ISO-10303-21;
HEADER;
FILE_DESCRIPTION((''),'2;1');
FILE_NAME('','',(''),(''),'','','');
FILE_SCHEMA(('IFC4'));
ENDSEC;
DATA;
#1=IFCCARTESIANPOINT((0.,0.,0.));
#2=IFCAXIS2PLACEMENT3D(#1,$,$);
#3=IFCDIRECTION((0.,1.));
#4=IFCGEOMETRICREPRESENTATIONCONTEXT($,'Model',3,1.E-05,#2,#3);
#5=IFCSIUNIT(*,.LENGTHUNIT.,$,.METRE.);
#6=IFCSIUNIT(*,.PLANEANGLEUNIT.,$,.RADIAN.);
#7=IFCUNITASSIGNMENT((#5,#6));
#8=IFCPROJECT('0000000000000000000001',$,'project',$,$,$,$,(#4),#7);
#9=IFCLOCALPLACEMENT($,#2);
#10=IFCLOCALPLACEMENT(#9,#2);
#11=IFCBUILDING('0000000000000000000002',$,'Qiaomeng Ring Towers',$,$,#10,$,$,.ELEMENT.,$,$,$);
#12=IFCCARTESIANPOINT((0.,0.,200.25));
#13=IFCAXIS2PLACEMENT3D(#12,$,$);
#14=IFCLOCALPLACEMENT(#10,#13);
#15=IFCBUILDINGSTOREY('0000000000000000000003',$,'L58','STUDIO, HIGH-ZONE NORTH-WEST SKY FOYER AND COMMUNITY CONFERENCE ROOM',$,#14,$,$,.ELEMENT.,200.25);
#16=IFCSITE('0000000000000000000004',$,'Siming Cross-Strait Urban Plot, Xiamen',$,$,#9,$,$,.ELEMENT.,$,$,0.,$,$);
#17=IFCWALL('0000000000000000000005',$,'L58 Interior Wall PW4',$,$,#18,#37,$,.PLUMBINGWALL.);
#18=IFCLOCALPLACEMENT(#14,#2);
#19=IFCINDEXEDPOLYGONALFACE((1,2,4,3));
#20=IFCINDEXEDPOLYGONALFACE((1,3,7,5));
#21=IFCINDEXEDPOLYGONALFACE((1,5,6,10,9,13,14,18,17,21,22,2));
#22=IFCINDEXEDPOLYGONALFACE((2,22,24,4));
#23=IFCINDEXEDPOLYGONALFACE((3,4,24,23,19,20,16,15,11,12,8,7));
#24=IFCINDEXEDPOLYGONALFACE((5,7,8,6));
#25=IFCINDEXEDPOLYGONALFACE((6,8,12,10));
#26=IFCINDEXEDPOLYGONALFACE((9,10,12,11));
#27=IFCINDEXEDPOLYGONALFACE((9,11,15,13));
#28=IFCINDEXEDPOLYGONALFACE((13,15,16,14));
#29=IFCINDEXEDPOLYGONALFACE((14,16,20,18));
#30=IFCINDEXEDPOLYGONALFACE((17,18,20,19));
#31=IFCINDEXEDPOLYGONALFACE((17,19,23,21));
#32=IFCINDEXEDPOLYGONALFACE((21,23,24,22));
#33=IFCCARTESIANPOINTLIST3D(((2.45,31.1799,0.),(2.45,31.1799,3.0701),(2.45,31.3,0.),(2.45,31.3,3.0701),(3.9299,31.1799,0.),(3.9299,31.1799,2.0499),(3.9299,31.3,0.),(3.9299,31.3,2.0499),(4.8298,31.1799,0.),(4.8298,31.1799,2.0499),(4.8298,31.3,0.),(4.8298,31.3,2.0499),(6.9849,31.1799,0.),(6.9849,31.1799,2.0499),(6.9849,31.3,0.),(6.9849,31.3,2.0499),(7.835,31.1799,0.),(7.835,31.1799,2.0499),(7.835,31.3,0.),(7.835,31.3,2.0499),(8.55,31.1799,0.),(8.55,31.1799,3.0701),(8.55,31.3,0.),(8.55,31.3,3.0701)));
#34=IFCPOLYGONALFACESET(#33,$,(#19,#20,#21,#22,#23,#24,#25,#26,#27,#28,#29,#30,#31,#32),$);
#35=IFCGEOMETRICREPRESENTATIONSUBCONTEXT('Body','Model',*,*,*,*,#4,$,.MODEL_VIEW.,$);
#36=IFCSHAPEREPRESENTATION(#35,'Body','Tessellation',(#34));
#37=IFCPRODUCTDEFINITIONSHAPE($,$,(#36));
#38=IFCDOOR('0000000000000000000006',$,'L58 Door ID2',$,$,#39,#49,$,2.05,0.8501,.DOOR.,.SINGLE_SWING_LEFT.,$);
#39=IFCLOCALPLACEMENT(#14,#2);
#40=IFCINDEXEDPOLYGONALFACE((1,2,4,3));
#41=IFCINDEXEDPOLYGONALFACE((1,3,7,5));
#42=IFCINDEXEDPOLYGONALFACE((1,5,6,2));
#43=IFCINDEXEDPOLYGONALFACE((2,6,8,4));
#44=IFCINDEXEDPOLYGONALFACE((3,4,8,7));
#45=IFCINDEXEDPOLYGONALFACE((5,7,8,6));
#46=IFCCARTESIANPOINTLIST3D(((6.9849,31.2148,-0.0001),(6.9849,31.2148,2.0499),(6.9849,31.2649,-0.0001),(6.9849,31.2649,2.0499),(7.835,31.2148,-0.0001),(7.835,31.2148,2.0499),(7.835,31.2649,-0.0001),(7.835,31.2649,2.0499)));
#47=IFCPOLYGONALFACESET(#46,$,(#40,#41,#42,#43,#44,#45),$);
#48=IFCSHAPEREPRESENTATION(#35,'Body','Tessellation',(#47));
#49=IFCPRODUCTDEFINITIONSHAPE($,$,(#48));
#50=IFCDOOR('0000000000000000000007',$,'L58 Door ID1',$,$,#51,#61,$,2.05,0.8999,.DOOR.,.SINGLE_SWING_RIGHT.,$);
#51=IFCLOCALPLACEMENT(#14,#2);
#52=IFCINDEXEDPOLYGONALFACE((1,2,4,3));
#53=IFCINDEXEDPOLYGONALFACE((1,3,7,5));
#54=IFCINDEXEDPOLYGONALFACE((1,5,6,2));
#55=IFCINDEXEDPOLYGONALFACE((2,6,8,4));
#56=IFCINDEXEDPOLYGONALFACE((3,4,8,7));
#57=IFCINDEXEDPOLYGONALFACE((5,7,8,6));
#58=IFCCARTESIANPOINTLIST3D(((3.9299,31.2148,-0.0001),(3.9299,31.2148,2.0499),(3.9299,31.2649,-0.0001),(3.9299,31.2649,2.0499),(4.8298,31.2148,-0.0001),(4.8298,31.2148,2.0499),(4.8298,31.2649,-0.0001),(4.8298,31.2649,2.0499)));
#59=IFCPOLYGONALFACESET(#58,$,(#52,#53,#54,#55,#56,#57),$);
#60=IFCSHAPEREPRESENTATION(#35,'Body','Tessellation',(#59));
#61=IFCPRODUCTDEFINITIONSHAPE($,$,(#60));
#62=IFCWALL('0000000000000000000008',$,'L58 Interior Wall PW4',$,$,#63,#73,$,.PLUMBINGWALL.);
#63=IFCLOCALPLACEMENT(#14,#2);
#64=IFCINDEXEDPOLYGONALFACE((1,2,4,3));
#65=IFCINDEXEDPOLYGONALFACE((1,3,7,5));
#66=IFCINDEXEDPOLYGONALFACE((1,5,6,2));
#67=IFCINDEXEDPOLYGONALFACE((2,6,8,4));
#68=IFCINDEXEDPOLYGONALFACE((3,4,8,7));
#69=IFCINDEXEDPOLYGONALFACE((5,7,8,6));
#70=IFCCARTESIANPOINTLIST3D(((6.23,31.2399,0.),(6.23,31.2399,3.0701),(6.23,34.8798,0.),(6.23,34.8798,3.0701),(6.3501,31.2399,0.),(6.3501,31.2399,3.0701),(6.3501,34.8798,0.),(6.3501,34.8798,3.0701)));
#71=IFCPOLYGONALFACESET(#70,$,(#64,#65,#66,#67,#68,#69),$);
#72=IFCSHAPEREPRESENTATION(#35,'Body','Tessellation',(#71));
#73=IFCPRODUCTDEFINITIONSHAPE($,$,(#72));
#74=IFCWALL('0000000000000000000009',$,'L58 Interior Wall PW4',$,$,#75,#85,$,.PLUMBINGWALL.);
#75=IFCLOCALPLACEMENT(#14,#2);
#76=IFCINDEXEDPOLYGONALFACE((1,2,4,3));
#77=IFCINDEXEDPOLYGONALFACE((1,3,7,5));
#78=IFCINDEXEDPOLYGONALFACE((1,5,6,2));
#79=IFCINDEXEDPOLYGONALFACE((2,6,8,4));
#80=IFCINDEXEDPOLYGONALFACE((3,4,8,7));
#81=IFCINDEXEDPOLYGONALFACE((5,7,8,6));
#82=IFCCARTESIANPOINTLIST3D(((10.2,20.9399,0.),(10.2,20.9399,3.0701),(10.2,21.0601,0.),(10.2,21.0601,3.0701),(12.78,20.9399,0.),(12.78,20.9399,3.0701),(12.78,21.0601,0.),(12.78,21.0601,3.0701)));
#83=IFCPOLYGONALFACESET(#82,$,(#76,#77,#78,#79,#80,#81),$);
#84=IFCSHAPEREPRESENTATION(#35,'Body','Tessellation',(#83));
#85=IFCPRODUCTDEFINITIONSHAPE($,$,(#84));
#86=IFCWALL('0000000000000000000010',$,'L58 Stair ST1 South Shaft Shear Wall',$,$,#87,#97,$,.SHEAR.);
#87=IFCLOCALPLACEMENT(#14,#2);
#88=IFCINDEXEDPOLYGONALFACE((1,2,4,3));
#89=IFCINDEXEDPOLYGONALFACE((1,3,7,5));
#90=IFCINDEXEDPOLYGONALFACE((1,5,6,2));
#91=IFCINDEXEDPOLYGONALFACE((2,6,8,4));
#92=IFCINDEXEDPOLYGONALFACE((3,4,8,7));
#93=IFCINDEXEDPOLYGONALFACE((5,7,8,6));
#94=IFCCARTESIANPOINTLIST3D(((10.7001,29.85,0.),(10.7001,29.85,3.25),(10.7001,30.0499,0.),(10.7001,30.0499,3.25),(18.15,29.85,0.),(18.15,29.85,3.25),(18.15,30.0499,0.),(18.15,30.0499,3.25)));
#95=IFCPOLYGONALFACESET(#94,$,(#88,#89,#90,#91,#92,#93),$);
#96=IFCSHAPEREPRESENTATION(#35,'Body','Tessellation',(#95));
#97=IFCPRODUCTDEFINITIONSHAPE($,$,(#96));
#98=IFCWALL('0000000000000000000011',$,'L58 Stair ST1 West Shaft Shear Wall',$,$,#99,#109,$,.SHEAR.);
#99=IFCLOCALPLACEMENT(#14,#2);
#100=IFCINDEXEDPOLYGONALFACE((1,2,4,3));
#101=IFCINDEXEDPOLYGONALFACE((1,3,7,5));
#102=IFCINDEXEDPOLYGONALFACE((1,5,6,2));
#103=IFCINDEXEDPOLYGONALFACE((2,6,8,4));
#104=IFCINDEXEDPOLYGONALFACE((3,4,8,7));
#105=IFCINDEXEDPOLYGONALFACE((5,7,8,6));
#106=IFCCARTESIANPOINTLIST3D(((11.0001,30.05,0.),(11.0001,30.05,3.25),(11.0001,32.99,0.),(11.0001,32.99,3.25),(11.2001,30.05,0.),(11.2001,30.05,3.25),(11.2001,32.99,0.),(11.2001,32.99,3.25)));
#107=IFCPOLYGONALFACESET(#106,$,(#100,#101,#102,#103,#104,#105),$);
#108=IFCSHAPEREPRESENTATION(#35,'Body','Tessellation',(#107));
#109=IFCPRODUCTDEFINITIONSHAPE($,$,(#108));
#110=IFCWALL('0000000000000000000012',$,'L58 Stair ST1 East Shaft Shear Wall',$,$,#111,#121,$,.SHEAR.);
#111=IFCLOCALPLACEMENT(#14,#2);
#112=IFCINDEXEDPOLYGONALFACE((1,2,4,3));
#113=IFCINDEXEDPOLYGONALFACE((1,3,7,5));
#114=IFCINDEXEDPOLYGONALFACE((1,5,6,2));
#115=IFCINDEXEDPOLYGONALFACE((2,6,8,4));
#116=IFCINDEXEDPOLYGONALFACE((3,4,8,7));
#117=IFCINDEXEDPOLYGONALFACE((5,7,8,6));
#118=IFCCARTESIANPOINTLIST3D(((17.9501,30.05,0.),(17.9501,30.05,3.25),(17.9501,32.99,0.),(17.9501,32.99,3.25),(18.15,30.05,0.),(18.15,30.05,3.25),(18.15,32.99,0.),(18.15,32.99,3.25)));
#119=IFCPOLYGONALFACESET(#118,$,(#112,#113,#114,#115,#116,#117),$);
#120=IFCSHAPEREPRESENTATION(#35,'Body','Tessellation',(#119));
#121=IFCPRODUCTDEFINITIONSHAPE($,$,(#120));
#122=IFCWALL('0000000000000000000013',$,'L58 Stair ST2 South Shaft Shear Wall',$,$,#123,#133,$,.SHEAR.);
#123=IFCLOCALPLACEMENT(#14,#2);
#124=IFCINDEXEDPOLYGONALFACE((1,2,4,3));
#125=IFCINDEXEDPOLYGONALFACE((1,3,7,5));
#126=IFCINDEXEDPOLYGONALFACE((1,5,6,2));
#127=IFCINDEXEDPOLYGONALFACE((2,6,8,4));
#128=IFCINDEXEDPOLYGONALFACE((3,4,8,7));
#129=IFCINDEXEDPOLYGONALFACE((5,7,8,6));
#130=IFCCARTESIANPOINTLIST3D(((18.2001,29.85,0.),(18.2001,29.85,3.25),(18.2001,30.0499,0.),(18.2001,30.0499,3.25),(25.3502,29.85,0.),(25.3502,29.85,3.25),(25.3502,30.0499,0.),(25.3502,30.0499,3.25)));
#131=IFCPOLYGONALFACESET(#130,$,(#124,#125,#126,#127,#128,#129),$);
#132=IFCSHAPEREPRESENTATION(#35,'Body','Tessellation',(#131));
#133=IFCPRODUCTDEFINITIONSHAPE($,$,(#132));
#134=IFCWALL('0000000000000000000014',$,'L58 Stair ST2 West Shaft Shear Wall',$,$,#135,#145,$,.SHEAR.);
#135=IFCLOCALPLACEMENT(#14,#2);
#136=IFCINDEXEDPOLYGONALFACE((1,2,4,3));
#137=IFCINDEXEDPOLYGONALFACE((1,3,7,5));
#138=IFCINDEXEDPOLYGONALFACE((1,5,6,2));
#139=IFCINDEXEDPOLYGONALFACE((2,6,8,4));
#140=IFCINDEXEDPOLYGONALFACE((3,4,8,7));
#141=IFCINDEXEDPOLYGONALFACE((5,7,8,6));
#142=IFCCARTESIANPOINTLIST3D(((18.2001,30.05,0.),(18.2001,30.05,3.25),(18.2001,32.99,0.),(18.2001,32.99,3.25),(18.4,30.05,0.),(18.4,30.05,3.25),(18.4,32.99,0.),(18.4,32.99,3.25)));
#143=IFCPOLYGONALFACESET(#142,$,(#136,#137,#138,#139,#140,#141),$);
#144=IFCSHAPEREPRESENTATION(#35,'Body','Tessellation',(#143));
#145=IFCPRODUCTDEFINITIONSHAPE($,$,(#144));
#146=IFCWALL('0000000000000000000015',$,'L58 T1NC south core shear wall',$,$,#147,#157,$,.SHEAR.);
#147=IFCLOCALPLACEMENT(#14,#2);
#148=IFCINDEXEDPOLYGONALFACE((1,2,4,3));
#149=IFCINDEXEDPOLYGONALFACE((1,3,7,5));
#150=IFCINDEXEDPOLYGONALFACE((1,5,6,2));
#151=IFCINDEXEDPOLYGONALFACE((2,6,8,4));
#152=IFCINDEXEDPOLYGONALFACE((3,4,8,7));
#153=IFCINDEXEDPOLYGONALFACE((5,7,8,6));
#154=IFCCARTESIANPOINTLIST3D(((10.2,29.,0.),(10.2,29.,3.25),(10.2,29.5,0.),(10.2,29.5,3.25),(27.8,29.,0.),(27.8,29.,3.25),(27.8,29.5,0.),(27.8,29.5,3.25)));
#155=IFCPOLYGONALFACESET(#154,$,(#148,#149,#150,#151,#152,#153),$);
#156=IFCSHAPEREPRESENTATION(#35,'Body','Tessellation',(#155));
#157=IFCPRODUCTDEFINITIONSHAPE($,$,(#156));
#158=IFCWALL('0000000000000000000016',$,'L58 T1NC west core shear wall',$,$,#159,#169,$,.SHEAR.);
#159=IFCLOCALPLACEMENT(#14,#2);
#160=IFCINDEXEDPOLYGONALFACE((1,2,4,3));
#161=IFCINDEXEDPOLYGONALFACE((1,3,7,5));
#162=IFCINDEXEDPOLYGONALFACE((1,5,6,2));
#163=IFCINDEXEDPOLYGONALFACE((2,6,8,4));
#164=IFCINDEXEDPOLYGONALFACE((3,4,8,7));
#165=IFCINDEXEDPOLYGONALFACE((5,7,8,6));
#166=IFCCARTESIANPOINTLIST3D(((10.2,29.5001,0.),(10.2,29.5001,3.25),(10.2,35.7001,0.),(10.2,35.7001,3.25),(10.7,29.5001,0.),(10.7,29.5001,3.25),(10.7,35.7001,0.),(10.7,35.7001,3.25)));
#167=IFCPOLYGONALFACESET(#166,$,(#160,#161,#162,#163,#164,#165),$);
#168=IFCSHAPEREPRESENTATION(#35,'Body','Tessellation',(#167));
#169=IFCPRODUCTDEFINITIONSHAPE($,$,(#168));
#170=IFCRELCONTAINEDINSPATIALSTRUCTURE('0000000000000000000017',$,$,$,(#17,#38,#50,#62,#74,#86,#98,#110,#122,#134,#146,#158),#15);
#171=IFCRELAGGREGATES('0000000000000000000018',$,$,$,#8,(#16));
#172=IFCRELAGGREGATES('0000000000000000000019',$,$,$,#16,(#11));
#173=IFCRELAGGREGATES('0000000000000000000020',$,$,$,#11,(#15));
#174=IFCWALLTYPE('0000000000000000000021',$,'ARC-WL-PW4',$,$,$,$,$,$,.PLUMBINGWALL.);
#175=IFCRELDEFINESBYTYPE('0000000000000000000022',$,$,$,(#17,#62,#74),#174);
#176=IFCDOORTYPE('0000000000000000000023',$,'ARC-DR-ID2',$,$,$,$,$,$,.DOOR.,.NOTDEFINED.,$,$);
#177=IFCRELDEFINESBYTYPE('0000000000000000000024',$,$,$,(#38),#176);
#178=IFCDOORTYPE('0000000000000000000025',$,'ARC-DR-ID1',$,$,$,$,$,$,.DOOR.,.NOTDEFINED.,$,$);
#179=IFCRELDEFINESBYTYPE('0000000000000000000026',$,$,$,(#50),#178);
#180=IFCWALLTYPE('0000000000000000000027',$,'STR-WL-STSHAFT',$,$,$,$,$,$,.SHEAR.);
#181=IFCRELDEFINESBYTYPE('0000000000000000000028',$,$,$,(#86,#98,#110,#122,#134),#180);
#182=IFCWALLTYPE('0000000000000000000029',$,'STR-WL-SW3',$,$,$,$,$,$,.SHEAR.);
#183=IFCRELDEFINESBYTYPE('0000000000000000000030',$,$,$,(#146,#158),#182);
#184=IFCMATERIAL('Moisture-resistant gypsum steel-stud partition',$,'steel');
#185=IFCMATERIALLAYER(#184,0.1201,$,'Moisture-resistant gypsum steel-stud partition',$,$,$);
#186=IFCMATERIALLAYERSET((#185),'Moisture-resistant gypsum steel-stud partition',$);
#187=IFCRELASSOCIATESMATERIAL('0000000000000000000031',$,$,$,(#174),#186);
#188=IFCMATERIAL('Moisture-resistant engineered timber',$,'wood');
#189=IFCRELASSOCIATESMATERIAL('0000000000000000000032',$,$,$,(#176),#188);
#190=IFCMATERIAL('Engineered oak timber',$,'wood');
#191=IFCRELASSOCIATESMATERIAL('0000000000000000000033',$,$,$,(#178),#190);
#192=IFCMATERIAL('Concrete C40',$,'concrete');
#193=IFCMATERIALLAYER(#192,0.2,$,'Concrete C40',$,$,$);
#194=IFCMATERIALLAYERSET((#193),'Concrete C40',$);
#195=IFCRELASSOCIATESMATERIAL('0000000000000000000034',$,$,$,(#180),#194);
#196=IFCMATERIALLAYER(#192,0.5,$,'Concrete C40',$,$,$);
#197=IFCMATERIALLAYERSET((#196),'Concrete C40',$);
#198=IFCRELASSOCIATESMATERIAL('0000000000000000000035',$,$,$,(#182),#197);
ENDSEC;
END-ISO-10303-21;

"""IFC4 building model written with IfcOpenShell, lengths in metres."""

from ifc_helpers import new_model, si_unit, direction, frame, frame_2d, origin, place, context, subcontext, project, spatial, rectangle, extrude, source, transform, mapped, material, layer, layer_set, type_object, element, fill, save


model = new_model("IFC4")

# Units and contexts
model_context = context("Model", 3, precision=1e-05, world=origin(), true_north=direction((0.0, 1.0)))
body_context = subcontext(model_context, "Body", "Model", "MODEL_VIEW")
ifc_project = project(units=[si_unit("LENGTHUNIT", "METRE"), si_unit("PLANEANGLEUNIT", "RADIAN")], contexts=[model_context])

# Site, building, storey
site_placement = place(None, origin())
site = spatial("IfcSite", under=ifc_project, at=site_placement, Name="Siming Cross-Strait Urban Plot, Xiamen", CompositionType="ELEMENT", RefElevation=0.0)
building_placement = place(site_placement, origin())
building = spatial("IfcBuilding", under=site, at=building_placement, Name="Qiaomeng Ring Towers", CompositionType="ELEMENT")
storey_placement = place(building_placement, frame((0.0, 0.0, 200.25)))
storey = spatial("IfcBuildingStorey", under=building, at=storey_placement, Name="L58", Description="STUDIO, HIGH-ZONE NORTH-WEST SKY FOYER AND COMMUNITY CONFERENCE ROOM", CompositionType="ELEMENT", Elevation=200.25)

# Shared definitions
ifc_material_1 = material(Name="Concrete C40", Category="concrete")

# Wall, openings, doors
ifc_material_2 = material(Name="Moisture-resistant gypsum steel-stud partition", Category="steel")
ifc_layer_1 = layer(ifc_material_2, 0.1201, Name="Moisture-resistant gypsum steel-stud partition")
ifc_layer_set_1 = layer_set([ifc_layer_1], Name="Moisture-resistant gypsum steel-stud partition")
wall_type_1 = type_object("IfcWallType", Name="ARC-WL-PW4", PredefinedType="PLUMBINGWALL", material=ifc_layer_set_1)
wall_1_placement = place(storey_placement, frame((2.45, 31.24, 0.0), z_axis=(0.0, 0.0, 1.0), x_axis=(1.0, 0.0, 0.0)))
wall_1 = element("IfcWall", 1, at=wall_1_placement, inside=storey, type_object=wall_type_1, Name="L58 Interior Wall PW4", PredefinedType="PLUMBINGWALL", context=body_context, shape_type="SweptSolid", body=[
    extrude(rectangle(XDim=6.1001, YDim=0.1201, at=frame_2d((3.05, 0.0))), origin(), (0.0, 0.0, 1.0), 3.0701),
])
opening_1_placement = place(wall_1_placement, frame((1.48, 0.0, 0.0)))
opening_1 = element("IfcOpeningElement", 2, at=opening_1_placement, cuts=wall_1, PredefinedType="OPENING", context=body_context, shape_type="SweptSolid", body=[
    extrude(rectangle(XDim=0.8999, YDim=2.05, at=frame_2d((0.45, 1.0249))), frame((0.0, 0.0701, 0.0), z_axis=(0.0, -1.0, 0.0), x_axis=(1.0, 0.0, 0.0)), (0.0, 0.0, 1.0), 0.1401),
])
opening_2_placement = place(wall_1_placement, frame((4.5349, 0.0, 0.0)))
opening_2 = element("IfcOpeningElement", 3, at=opening_2_placement, cuts=wall_1, PredefinedType="OPENING", context=body_context, shape_type="SweptSolid", body=[
    extrude(rectangle(XDim=0.8501, YDim=2.05, at=frame_2d((0.425, 1.0249))), frame((0.0, 0.0701, 0.0), z_axis=(0.0, -1.0, 0.0), x_axis=(1.0, 0.0, 0.0)), (0.0, 0.0, 1.0), 0.1401),
])
ifc_material_3 = material(Name="Moisture-resistant engineered timber", Category="wood")
door_type_1 = type_object("IfcDoorType", Name="ARC-DR-ID2", OperationType="NOTDEFINED", PredefinedType="DOOR", material=ifc_material_3)
shared_shape_1 = source(origin(), body_context, "Body", "SweptSolid", [
    extrude(rectangle(XDim=0.8501, YDim=2.05, at=frame_2d((0.425, 1.0249))), frame((0.0, 0.0249, 0.0), z_axis=(0.0, -1.0, 0.0), x_axis=(1.0, 0.0, 0.0)), (0.0, 0.0, 1.0), 0.05),
])
door_1_placement = place(opening_2_placement, origin())
door_1 = element("IfcDoor", 4, at=door_1_placement, inside=storey, type_object=door_type_1, Name="L58 Door ID2", OperationType="SINGLE_SWING_LEFT", OverallHeight=2.05, OverallWidth=0.8501, PredefinedType="DOOR", context=body_context, shape_type="MappedRepresentation", body=[
    mapped(shared_shape_1, transform((0.0, 0.0, 0.0), x_axis=(1.0, 0.0, 0.0), y_axis=(0.0, 1.0, 0.0), z_axis=(0.0, 0.0, 1.0), scale=1.0)),
])
fill(opening_2, door_1)
ifc_material_4 = material(Name="Engineered oak timber", Category="wood")
door_type_2 = type_object("IfcDoorType", Name="ARC-DR-ID1", OperationType="NOTDEFINED", PredefinedType="DOOR", material=ifc_material_4)
shared_shape_2 = source(origin(), body_context, "Body", "SweptSolid", [
    extrude(rectangle(XDim=0.8999, YDim=2.05, at=frame_2d((0.45, 1.0249))), frame((0.0, 0.0249, 0.0), z_axis=(0.0, -1.0, 0.0), x_axis=(1.0, 0.0, 0.0)), (0.0, 0.0, 1.0), 0.05),
])
door_2_placement = place(opening_1_placement, origin())
door_2 = element("IfcDoor", 5, at=door_2_placement, inside=storey, type_object=door_type_2, Name="L58 Door ID1", OperationType="SINGLE_SWING_RIGHT", OverallHeight=2.05, OverallWidth=0.8999, PredefinedType="DOOR", context=body_context, shape_type="MappedRepresentation", body=[
    mapped(shared_shape_2, transform((0.0, 0.0, 0.0), x_axis=(1.0, 0.0, 0.0), y_axis=(0.0, 1.0, 0.0), z_axis=(0.0, 0.0, 1.0), scale=1.0)),
])
fill(opening_1, door_2)

# Walls
wall_2_placement = place(storey_placement, frame((6.29, 31.24, 0.0), z_axis=(0.0, 0.0, 1.0), x_axis=(0.0, 1.0, 0.0)))
element("IfcWall", 6, at=wall_2_placement, inside=storey, type_object=wall_type_1, Name="L58 Interior Wall PW4", PredefinedType="PLUMBINGWALL", context=body_context, shape_type="SweptSolid", body=[
    extrude(rectangle(XDim=3.6399, YDim=0.1201, at=frame_2d((1.8198, 0.0))), origin(), (0.0, 0.0, 1.0), 3.0701),
])
wall_3_placement = place(storey_placement, frame((10.2, 21.0, 0.0), z_axis=(0.0, 0.0, 1.0), x_axis=(1.0, 0.0, 0.0)))
element("IfcWall", 7, at=wall_3_placement, inside=storey, type_object=wall_type_1, Name="L58 Interior Wall PW4", PredefinedType="PLUMBINGWALL", context=body_context, shape_type="SweptSolid", body=[
    extrude(rectangle(XDim=2.5801, YDim=0.1201, at=frame_2d((1.29, 0.0))), origin(), (0.0, 0.0, 1.0), 3.0701),
])
ifc_layer_2 = layer(ifc_material_1, 0.2, Name="Concrete C40")
ifc_layer_set_2 = layer_set([ifc_layer_2], Name="Concrete C40")
wall_type_2 = type_object("IfcWallType", Name="STR-WL-STSHAFT", PredefinedType="SHEAR", material=ifc_layer_set_2)
wall_4_placement = place(storey_placement, frame((10.7, 29.95, 0.0), z_axis=(0.0, 0.0, 1.0), x_axis=(1.0, 0.0, 0.0)))
element("IfcWall", 8, at=wall_4_placement, inside=storey, type_object=wall_type_2, Name="L58 Stair ST1 South Shaft Shear Wall", PredefinedType="SHEAR", context=body_context, shape_type="SweptSolid", body=[
    extrude(rectangle(XDim=7.45, YDim=0.2, at=frame_2d((3.7251, 0.0))), origin(), (0.0, 0.0, 1.0), 3.25),
])
for number, where, z_axis, x_axis, name in (
    (9, (11.1001, 30.05, 0.0), (0.0, 0.0, 1.0), (0.0, 1.0, 0.0), "L58 Stair ST1 West Shaft Shear Wall"),
    (10, (18.05, 30.05, 0.0), (0.0, 0.0, 1.0), (0.0, 1.0, 0.0), "L58 Stair ST1 East Shaft Shear Wall"),
):
    element("IfcWall", number, at=place(storey_placement, frame(where, z_axis=z_axis, x_axis=x_axis)), inside=storey, type_object=wall_type_2, Name=name, PredefinedType="SHEAR", context=body_context, shape_type="SweptSolid", body=[
        extrude(rectangle(XDim=2.9399, YDim=0.2, at=frame_2d((1.47, 0.0))), origin(), (0.0, 0.0, 1.0), 3.25),
    ])
wall_5_placement = place(storey_placement, frame((18.2, 29.95, 0.0), z_axis=(0.0, 0.0, 1.0), x_axis=(1.0, 0.0, 0.0)))
element("IfcWall", 11, at=wall_5_placement, inside=storey, type_object=wall_type_2, Name="L58 Stair ST2 South Shaft Shear Wall", PredefinedType="SHEAR", context=body_context, shape_type="SweptSolid", body=[
    extrude(rectangle(XDim=7.1501, YDim=0.2, at=frame_2d((3.5752, 0.0))), origin(), (0.0, 0.0, 1.0), 3.25),
])
wall_6_placement = place(storey_placement, frame((18.3, 30.05, 0.0), z_axis=(0.0, 0.0, 1.0), x_axis=(0.0, 1.0, 0.0)))
element("IfcWall", 12, at=wall_6_placement, inside=storey, type_object=wall_type_2, Name="L58 Stair ST2 West Shaft Shear Wall", PredefinedType="SHEAR", context=body_context, shape_type="SweptSolid", body=[
    extrude(rectangle(XDim=2.9399, YDim=0.2, at=frame_2d((1.47, 0.0))), origin(), (0.0, 0.0, 1.0), 3.25),
])
ifc_layer_3 = layer(ifc_material_1, 0.5, Name="Concrete C40")
ifc_layer_set_3 = layer_set([ifc_layer_3], Name="Concrete C40")
wall_type_3 = type_object("IfcWallType", Name="STR-WL-SW3", PredefinedType="SHEAR", material=ifc_layer_set_3)
wall_7_placement = place(storey_placement, frame((10.2, 29.25, 0.0), z_axis=(0.0, 0.0, 1.0), x_axis=(1.0, 0.0, 0.0)))
element("IfcWall", 13, at=wall_7_placement, inside=storey, type_object=wall_type_3, Name="L58 T1NC south core shear wall", PredefinedType="SHEAR", context=body_context, shape_type="SweptSolid", body=[
    extrude(rectangle(XDim=17.6001, YDim=0.5, at=frame_2d((8.8, 0.0))), origin(), (0.0, 0.0, 1.0), 3.25),
])
wall_8_placement = place(storey_placement, frame((10.45, 29.5, 0.0), z_axis=(0.0, 0.0, 1.0), x_axis=(0.0, 1.0, 0.0)))
element("IfcWall", 14, at=wall_8_placement, inside=storey, type_object=wall_type_3, Name="L58 T1NC west core shear wall", PredefinedType="SHEAR", context=body_context, shape_type="SweptSolid", body=[
    extrude(rectangle(XDim=6.2, YDim=0.5, at=frame_2d((3.1001, 0.0))), origin(), (0.0, 0.0, 1.0), 3.25),
])

save(model, "model.ifc")
